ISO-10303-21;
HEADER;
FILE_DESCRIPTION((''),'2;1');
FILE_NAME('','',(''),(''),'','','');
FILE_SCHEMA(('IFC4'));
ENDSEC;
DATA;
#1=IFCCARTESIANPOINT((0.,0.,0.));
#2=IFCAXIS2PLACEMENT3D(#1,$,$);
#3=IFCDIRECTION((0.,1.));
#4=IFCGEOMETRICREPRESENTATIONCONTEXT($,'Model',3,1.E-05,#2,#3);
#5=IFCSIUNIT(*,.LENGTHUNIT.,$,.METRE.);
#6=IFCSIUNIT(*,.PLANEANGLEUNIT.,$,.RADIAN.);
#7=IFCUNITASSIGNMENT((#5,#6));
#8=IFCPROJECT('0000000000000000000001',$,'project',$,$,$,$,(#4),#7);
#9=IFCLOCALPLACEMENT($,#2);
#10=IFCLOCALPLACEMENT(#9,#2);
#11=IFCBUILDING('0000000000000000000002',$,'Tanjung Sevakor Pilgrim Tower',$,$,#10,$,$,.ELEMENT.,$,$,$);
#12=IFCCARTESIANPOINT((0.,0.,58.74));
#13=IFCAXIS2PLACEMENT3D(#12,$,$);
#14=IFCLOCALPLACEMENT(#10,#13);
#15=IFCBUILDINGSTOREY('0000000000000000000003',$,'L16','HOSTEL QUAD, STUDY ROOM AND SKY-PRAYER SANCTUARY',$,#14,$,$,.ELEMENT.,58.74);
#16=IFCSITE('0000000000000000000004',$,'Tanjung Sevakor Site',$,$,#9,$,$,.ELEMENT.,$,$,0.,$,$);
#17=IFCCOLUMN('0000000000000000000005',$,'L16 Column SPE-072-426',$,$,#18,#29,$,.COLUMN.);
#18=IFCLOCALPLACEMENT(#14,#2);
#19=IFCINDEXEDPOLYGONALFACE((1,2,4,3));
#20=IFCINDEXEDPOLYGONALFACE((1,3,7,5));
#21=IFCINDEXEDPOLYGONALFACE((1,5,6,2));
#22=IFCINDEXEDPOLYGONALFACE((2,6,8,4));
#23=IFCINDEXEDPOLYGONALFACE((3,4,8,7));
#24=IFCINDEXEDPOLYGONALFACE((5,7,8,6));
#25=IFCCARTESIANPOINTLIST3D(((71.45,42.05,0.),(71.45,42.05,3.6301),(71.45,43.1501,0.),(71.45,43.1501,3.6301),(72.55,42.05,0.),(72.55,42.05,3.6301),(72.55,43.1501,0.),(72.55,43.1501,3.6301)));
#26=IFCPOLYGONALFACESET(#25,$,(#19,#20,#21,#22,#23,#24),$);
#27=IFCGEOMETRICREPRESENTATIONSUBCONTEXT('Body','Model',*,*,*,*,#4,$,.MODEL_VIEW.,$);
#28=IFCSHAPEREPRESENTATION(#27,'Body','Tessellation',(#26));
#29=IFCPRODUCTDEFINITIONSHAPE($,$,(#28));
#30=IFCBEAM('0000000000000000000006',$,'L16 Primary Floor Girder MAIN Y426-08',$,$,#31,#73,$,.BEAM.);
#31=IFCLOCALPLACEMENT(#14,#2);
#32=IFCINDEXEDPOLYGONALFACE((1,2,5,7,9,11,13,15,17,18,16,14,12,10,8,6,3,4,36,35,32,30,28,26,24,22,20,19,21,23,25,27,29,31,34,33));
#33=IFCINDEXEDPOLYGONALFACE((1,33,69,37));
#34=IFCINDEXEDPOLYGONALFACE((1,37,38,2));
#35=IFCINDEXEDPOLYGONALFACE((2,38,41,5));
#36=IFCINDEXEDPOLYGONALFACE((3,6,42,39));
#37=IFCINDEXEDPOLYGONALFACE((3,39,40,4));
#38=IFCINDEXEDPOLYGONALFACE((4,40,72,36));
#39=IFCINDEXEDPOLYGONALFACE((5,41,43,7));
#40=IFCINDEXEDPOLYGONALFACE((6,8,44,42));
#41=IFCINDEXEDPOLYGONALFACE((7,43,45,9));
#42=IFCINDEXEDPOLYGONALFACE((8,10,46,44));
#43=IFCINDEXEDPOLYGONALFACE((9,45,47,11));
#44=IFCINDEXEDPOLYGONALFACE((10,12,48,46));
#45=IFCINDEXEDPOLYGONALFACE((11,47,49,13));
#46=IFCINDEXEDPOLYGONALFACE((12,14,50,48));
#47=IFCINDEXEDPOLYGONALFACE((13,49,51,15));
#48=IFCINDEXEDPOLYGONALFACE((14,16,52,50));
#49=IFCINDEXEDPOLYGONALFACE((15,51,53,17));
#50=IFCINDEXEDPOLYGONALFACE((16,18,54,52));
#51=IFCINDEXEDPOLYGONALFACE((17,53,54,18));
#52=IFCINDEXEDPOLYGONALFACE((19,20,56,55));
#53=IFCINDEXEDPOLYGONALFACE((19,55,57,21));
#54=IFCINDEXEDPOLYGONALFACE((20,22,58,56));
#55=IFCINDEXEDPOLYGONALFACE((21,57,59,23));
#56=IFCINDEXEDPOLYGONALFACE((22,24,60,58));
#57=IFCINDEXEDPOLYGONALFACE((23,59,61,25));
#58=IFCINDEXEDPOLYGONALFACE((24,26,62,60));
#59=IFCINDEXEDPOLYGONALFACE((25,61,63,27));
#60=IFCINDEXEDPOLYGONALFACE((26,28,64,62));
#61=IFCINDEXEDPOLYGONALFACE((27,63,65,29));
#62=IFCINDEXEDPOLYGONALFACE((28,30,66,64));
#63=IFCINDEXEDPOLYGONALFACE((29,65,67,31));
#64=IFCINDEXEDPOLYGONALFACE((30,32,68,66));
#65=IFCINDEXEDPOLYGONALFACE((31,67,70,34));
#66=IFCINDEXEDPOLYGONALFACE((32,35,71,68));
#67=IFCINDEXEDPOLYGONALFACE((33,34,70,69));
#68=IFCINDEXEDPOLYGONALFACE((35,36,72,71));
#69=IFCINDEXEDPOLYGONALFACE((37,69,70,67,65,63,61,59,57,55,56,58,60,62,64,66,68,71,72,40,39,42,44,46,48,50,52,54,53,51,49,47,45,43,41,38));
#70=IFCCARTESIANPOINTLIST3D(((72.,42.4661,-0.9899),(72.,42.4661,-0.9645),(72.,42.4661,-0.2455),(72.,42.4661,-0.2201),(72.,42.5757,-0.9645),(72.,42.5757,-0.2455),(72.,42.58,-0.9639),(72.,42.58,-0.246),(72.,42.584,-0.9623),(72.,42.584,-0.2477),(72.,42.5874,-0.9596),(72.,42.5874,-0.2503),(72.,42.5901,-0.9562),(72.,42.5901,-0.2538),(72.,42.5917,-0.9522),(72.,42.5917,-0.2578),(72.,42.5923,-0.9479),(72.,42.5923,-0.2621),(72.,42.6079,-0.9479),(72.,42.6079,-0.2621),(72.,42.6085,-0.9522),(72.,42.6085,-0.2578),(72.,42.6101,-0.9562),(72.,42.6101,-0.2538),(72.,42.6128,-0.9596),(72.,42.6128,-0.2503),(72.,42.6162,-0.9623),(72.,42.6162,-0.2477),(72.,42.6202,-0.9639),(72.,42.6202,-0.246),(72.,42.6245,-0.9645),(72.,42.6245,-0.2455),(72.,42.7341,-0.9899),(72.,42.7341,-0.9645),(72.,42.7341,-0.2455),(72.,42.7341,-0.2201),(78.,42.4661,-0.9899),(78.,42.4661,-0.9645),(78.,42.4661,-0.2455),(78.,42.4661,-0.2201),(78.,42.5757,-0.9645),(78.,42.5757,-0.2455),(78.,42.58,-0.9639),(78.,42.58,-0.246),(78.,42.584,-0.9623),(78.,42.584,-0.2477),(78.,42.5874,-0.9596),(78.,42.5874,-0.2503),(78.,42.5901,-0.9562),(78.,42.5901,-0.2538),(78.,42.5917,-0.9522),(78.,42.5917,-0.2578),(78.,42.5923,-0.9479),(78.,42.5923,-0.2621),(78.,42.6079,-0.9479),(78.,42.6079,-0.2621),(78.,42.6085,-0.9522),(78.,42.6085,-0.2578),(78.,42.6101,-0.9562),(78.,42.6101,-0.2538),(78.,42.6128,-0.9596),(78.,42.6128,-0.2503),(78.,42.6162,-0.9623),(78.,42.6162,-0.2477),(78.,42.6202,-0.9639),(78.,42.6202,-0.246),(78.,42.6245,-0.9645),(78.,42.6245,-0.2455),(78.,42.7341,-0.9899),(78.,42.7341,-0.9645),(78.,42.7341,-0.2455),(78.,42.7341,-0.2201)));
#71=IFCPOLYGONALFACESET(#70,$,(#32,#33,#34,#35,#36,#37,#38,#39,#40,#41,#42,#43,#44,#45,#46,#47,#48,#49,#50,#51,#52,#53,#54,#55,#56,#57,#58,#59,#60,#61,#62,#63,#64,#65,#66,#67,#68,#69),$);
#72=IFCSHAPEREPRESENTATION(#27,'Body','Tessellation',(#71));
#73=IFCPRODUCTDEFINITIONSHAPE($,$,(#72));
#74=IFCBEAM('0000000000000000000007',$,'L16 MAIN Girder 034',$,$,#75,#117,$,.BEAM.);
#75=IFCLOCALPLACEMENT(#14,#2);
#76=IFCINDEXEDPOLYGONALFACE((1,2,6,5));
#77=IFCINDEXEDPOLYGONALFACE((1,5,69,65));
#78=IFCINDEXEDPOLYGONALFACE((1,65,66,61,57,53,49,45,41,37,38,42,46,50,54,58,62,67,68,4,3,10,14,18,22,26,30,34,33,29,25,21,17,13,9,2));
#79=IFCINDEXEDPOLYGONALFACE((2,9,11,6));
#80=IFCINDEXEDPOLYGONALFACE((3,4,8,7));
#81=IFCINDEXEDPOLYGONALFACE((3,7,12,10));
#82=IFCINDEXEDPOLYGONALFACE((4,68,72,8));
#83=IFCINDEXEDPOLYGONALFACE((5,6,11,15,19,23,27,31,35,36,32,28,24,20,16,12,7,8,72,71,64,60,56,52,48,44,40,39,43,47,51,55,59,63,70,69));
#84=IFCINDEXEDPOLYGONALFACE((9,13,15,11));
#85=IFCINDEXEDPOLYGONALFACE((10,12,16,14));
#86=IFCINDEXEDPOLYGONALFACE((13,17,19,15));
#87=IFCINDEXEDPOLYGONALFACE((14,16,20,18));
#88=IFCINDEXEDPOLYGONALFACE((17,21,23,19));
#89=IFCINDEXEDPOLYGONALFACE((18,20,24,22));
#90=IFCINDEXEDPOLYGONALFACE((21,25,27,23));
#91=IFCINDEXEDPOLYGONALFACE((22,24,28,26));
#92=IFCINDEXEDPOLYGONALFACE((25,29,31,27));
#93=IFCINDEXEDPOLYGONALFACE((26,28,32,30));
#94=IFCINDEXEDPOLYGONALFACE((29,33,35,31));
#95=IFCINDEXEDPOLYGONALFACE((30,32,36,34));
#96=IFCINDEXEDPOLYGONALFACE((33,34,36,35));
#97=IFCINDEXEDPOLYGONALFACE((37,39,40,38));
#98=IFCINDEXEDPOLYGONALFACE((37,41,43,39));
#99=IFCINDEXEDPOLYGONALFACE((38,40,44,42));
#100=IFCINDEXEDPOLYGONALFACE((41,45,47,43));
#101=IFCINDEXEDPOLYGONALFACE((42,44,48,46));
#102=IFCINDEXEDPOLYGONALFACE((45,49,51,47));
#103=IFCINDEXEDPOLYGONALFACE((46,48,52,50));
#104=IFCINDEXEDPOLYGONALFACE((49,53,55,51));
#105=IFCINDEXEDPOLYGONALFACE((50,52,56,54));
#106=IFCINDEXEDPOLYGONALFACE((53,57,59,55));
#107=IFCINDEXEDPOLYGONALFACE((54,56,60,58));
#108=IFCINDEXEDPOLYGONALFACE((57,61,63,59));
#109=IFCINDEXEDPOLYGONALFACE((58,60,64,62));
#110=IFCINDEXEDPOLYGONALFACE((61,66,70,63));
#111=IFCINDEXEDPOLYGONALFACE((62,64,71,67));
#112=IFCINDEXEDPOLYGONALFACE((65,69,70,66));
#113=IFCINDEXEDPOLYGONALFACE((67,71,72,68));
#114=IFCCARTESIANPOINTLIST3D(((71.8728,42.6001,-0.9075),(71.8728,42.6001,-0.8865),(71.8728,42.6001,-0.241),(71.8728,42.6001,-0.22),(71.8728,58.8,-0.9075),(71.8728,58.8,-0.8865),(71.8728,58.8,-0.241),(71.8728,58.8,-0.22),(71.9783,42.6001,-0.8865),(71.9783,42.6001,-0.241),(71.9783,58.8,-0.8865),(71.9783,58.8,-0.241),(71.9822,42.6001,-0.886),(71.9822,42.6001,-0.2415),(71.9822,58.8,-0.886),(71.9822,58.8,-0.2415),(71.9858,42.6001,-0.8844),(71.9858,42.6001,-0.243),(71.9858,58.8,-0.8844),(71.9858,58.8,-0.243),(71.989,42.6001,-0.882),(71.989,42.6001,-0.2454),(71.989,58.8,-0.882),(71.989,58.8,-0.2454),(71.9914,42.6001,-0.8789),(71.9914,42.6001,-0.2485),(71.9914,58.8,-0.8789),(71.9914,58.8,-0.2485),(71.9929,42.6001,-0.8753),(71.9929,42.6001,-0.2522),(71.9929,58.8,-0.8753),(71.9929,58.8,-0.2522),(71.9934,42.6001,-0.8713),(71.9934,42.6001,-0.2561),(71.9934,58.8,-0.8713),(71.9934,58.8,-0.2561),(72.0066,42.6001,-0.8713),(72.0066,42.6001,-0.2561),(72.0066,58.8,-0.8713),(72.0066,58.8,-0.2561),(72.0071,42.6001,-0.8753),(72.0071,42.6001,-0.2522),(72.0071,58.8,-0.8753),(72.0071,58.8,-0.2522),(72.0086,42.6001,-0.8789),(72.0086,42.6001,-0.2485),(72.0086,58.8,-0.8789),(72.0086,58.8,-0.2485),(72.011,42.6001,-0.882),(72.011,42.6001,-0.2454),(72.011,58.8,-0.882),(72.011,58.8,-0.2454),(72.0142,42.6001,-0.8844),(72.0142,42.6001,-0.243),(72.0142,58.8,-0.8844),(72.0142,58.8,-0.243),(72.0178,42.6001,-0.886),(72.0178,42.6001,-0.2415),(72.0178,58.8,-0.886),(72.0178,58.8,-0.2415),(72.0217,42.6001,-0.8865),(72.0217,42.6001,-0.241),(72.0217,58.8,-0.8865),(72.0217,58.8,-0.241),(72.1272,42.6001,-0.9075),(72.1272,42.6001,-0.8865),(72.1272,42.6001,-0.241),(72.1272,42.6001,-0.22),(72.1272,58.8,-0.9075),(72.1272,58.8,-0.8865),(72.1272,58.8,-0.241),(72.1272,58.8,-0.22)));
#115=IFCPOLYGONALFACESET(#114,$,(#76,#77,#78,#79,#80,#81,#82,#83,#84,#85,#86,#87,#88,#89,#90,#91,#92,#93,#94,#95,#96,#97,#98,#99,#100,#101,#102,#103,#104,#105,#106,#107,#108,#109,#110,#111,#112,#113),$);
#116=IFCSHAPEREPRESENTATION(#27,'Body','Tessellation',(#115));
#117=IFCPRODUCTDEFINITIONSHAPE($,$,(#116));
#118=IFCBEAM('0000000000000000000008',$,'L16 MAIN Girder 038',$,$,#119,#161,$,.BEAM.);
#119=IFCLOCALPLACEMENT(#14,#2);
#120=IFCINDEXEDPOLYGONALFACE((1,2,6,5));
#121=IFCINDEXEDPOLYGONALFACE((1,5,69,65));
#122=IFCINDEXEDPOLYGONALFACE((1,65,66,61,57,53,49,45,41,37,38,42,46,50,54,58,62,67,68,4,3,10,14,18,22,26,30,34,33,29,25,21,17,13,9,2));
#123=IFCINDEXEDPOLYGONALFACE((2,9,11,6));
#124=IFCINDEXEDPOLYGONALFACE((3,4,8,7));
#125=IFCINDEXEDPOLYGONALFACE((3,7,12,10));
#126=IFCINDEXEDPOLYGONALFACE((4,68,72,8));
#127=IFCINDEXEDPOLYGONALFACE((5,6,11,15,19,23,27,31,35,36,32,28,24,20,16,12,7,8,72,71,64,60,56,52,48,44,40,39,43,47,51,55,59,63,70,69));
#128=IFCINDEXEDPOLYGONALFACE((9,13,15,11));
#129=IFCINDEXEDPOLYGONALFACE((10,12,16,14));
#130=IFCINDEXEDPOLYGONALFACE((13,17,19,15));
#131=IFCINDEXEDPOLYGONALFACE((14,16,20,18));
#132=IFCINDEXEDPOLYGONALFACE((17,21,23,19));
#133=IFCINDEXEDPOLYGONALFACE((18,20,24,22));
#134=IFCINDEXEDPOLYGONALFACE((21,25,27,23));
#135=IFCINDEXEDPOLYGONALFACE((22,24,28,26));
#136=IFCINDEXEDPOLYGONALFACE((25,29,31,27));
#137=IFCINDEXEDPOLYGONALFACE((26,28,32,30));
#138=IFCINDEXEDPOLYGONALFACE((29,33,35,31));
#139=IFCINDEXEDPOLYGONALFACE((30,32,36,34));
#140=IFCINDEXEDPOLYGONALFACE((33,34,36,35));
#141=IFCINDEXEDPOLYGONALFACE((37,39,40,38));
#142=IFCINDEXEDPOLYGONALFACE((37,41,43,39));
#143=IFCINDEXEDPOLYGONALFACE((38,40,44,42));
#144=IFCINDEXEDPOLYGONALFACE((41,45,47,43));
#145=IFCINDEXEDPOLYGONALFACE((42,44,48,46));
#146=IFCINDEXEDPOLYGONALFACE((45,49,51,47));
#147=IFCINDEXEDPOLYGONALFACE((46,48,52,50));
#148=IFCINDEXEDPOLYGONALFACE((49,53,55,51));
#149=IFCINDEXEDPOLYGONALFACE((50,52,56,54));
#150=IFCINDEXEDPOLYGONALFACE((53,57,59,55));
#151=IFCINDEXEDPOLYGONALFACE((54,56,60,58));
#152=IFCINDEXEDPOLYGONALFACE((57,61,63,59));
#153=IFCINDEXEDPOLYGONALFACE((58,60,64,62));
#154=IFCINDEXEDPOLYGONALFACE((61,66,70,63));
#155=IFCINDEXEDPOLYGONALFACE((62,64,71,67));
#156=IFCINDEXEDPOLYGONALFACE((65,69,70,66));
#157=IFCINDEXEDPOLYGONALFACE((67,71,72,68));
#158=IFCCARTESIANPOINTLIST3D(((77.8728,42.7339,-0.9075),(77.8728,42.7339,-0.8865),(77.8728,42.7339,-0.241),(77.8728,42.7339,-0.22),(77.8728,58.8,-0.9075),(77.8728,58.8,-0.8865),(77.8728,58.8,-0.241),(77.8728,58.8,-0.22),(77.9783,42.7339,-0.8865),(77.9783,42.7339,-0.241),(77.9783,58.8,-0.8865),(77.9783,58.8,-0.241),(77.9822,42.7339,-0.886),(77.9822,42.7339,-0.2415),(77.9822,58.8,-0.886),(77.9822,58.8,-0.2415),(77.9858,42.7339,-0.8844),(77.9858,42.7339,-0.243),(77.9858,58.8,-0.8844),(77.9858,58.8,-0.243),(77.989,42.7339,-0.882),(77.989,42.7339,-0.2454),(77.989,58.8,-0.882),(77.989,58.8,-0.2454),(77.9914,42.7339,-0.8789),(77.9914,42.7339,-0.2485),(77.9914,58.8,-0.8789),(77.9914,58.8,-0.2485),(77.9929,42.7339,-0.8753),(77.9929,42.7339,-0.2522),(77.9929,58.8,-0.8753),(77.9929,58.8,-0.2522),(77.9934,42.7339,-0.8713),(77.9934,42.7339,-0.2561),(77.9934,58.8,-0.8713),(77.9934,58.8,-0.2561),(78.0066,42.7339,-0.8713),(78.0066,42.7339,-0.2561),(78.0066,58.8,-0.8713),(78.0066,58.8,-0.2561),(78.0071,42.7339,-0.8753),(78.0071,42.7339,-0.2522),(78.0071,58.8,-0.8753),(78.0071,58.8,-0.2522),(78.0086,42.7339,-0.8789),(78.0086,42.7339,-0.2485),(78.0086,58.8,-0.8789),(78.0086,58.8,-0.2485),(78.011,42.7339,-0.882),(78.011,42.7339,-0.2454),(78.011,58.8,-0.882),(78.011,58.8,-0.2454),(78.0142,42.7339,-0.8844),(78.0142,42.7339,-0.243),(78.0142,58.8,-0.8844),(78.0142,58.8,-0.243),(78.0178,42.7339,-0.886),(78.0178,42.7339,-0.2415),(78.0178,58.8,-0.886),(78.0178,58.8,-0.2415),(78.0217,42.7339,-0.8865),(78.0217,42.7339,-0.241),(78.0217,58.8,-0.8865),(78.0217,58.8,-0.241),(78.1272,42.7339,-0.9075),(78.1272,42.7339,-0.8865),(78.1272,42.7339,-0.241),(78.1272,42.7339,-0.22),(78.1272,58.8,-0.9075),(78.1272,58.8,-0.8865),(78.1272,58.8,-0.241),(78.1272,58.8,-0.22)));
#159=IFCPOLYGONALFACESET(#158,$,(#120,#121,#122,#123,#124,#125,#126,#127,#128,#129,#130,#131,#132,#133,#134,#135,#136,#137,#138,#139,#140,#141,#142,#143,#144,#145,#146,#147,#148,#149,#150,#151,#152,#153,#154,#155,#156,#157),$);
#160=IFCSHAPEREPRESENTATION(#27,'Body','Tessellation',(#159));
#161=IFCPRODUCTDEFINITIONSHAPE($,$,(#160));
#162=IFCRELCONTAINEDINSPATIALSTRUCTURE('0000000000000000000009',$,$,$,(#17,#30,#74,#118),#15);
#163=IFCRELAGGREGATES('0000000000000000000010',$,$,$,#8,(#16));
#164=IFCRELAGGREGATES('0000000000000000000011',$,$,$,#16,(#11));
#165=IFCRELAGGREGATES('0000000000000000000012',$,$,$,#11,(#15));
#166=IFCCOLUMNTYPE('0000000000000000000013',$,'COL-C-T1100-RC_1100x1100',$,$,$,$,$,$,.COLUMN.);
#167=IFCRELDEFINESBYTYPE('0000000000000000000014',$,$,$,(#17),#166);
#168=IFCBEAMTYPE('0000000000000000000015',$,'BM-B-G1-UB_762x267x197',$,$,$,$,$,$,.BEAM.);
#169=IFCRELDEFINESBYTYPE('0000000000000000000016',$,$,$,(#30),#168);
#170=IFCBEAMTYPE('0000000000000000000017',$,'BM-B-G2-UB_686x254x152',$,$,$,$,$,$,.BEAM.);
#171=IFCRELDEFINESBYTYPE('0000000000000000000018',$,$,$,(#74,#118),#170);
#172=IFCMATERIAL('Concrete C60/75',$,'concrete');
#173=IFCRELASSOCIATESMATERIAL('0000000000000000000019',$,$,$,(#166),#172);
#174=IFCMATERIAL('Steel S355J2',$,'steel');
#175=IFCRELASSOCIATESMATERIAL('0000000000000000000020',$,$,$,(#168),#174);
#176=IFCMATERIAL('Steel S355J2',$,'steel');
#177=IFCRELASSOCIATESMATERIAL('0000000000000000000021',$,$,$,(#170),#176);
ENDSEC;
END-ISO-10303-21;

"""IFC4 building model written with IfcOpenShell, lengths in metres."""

from ifc_helpers import new_model, si_unit, direction, frame, origin, origin_2d, place, context, subcontext, project, spatial, rectangle, i_section, extrude, material, material_profile, profile_set, type_object, element, save


model = new_model("IFC4")

# Units and contexts
model_context = context("Model", 3, precision=1e-05, world=origin(), true_north=direction((0.0, 1.0)))
body_context = subcontext(model_context, "Body", "Model", "MODEL_VIEW")
ifc_project = project(units=[si_unit("LENGTHUNIT", "METRE"), si_unit("PLANEANGLEUNIT", "RADIAN")], contexts=[model_context])

# Site, building, storey
site_placement = place(None, origin())
site = spatial("IfcSite", under=ifc_project, at=site_placement, Name="Tanjung Sevakor Site", CompositionType="ELEMENT", RefElevation=0.0)
building_placement = place(site_placement, origin())
building = spatial("IfcBuilding", under=site, at=building_placement, Name="Tanjung Sevakor Pilgrim Tower", CompositionType="ELEMENT")
storey_placement = place(building_placement, frame((0.0, 0.0, 58.74)))
storey = spatial("IfcBuildingStorey", under=building, at=storey_placement, Name="L16", Description="HOSTEL QUAD, STUDY ROOM AND SKY-PRAYER SANCTUARY", CompositionType="ELEMENT", Elevation=58.74)

# Column
ifc_material_1 = material(Name="Concrete C60/75", Category="concrete")
ifc_material_profile_1 = material_profile(ifc_material_1, rectangle(XDim=1.1001, YDim=1.1001, at=origin_2d()))
ifc_profile_set_1 = profile_set([ifc_material_profile_1], Name="Concrete C60/75")
column_type = type_object("IfcColumnType", Name="COL-C-T1100-RC_1100x1100", PredefinedType="COLUMN", material=ifc_profile_set_1)
column_placement = place(storey_placement, frame((72.0, 42.6001, 0.0), z_axis=(0.0, 0.0, 1.0), x_axis=(1.0, 0.0, 0.0)))
element("IfcColumn", 1, at=column_placement, inside=storey, type_object=column_type, Name="L16 Column SPE-072-426", PredefinedType="COLUMN", context=body_context, shape_type="SweptSolid", body=[
    extrude(rectangle(XDim=1.1001, YDim=1.1001, at=origin_2d()), origin(), (0.0, 0.0, 1.0), 3.6301),
])

# Beams
ifc_material_2 = material(Name="Steel S355J2", Category="steel")
ifc_material_profile_2 = material_profile(ifc_material_2, i_section(OverallWidth=0.2681, OverallDepth=0.7698, WebThickness=0.0156, FlangeThickness=0.0254, FilletRadius=0.0166, at=origin_2d()))
ifc_profile_set_2 = profile_set([ifc_material_profile_2], Name="Steel S355J2")
beam_type_1 = type_object("IfcBeamType", Name="BM-B-G1-UB_762x267x197", PredefinedType="BEAM", material=ifc_profile_set_2)
beam_1_placement = place(storey_placement, frame((72.0, 42.6001, -0.605), z_axis=(1.0, 0.0, 0.0), x_axis=(0.0, 1.0, 0.0)))
element("IfcBeam", 2, at=beam_1_placement, inside=storey, type_object=beam_type_1, Name="L16 Primary Floor Girder MAIN Y426-08", PredefinedType="BEAM", context=body_context, shape_type="SweptSolid", body=[
    extrude(i_section(OverallWidth=0.2681, OverallDepth=0.7698, WebThickness=0.0156, FlangeThickness=0.0254, FilletRadius=0.0166, at=origin_2d()), origin(), (0.0, 0.0, 1.0), 6.0),
])
ifc_material_3 = material(Name="Steel S355J2", Category="steel")
ifc_material_profile_3 = material_profile(ifc_material_3, i_section(OverallWidth=0.2544, OverallDepth=0.6875, WebThickness=0.0132, FlangeThickness=0.021, FilletRadius=0.0151, at=origin_2d()))
ifc_profile_set_3 = profile_set([ifc_material_profile_3], Name="Steel S355J2")
beam_type_2 = type_object("IfcBeamType", Name="BM-B-G2-UB_686x254x152", PredefinedType="BEAM", material=ifc_profile_set_3)
beam_2_placement = place(storey_placement, frame((72.0, 42.6001, -0.5637), z_axis=(0.0, 1.0, 0.0), x_axis=(-1.0, 0.0, 0.0)))
element("IfcBeam", 3, at=beam_2_placement, inside=storey, type_object=beam_type_2, Name="L16 MAIN Girder 034", PredefinedType="BEAM", context=body_context, shape_type="SweptSolid", body=[
    extrude(i_section(OverallWidth=0.2544, OverallDepth=0.6875, WebThickness=0.0132, FlangeThickness=0.021, FilletRadius=0.0151, at=origin_2d()), origin(), (0.0, 0.0, 1.0), 16.2),
])
beam_3_placement = place(storey_placement, frame((78.0, 42.7339, -0.5637), z_axis=(0.0, 1.0, 0.0), x_axis=(-1.0, 0.0, 0.0)))
element("IfcBeam", 4, at=beam_3_placement, inside=storey, type_object=beam_type_2, Name="L16 MAIN Girder 038", PredefinedType="BEAM", context=body_context, shape_type="SweptSolid", body=[
    extrude(i_section(OverallWidth=0.2544, OverallDepth=0.6875, WebThickness=0.0132, FlangeThickness=0.021, FilletRadius=0.0151, at=origin_2d()), origin(), (0.0, 0.0, 1.0), 16.0662),
])

save(model, "model.ifc")
